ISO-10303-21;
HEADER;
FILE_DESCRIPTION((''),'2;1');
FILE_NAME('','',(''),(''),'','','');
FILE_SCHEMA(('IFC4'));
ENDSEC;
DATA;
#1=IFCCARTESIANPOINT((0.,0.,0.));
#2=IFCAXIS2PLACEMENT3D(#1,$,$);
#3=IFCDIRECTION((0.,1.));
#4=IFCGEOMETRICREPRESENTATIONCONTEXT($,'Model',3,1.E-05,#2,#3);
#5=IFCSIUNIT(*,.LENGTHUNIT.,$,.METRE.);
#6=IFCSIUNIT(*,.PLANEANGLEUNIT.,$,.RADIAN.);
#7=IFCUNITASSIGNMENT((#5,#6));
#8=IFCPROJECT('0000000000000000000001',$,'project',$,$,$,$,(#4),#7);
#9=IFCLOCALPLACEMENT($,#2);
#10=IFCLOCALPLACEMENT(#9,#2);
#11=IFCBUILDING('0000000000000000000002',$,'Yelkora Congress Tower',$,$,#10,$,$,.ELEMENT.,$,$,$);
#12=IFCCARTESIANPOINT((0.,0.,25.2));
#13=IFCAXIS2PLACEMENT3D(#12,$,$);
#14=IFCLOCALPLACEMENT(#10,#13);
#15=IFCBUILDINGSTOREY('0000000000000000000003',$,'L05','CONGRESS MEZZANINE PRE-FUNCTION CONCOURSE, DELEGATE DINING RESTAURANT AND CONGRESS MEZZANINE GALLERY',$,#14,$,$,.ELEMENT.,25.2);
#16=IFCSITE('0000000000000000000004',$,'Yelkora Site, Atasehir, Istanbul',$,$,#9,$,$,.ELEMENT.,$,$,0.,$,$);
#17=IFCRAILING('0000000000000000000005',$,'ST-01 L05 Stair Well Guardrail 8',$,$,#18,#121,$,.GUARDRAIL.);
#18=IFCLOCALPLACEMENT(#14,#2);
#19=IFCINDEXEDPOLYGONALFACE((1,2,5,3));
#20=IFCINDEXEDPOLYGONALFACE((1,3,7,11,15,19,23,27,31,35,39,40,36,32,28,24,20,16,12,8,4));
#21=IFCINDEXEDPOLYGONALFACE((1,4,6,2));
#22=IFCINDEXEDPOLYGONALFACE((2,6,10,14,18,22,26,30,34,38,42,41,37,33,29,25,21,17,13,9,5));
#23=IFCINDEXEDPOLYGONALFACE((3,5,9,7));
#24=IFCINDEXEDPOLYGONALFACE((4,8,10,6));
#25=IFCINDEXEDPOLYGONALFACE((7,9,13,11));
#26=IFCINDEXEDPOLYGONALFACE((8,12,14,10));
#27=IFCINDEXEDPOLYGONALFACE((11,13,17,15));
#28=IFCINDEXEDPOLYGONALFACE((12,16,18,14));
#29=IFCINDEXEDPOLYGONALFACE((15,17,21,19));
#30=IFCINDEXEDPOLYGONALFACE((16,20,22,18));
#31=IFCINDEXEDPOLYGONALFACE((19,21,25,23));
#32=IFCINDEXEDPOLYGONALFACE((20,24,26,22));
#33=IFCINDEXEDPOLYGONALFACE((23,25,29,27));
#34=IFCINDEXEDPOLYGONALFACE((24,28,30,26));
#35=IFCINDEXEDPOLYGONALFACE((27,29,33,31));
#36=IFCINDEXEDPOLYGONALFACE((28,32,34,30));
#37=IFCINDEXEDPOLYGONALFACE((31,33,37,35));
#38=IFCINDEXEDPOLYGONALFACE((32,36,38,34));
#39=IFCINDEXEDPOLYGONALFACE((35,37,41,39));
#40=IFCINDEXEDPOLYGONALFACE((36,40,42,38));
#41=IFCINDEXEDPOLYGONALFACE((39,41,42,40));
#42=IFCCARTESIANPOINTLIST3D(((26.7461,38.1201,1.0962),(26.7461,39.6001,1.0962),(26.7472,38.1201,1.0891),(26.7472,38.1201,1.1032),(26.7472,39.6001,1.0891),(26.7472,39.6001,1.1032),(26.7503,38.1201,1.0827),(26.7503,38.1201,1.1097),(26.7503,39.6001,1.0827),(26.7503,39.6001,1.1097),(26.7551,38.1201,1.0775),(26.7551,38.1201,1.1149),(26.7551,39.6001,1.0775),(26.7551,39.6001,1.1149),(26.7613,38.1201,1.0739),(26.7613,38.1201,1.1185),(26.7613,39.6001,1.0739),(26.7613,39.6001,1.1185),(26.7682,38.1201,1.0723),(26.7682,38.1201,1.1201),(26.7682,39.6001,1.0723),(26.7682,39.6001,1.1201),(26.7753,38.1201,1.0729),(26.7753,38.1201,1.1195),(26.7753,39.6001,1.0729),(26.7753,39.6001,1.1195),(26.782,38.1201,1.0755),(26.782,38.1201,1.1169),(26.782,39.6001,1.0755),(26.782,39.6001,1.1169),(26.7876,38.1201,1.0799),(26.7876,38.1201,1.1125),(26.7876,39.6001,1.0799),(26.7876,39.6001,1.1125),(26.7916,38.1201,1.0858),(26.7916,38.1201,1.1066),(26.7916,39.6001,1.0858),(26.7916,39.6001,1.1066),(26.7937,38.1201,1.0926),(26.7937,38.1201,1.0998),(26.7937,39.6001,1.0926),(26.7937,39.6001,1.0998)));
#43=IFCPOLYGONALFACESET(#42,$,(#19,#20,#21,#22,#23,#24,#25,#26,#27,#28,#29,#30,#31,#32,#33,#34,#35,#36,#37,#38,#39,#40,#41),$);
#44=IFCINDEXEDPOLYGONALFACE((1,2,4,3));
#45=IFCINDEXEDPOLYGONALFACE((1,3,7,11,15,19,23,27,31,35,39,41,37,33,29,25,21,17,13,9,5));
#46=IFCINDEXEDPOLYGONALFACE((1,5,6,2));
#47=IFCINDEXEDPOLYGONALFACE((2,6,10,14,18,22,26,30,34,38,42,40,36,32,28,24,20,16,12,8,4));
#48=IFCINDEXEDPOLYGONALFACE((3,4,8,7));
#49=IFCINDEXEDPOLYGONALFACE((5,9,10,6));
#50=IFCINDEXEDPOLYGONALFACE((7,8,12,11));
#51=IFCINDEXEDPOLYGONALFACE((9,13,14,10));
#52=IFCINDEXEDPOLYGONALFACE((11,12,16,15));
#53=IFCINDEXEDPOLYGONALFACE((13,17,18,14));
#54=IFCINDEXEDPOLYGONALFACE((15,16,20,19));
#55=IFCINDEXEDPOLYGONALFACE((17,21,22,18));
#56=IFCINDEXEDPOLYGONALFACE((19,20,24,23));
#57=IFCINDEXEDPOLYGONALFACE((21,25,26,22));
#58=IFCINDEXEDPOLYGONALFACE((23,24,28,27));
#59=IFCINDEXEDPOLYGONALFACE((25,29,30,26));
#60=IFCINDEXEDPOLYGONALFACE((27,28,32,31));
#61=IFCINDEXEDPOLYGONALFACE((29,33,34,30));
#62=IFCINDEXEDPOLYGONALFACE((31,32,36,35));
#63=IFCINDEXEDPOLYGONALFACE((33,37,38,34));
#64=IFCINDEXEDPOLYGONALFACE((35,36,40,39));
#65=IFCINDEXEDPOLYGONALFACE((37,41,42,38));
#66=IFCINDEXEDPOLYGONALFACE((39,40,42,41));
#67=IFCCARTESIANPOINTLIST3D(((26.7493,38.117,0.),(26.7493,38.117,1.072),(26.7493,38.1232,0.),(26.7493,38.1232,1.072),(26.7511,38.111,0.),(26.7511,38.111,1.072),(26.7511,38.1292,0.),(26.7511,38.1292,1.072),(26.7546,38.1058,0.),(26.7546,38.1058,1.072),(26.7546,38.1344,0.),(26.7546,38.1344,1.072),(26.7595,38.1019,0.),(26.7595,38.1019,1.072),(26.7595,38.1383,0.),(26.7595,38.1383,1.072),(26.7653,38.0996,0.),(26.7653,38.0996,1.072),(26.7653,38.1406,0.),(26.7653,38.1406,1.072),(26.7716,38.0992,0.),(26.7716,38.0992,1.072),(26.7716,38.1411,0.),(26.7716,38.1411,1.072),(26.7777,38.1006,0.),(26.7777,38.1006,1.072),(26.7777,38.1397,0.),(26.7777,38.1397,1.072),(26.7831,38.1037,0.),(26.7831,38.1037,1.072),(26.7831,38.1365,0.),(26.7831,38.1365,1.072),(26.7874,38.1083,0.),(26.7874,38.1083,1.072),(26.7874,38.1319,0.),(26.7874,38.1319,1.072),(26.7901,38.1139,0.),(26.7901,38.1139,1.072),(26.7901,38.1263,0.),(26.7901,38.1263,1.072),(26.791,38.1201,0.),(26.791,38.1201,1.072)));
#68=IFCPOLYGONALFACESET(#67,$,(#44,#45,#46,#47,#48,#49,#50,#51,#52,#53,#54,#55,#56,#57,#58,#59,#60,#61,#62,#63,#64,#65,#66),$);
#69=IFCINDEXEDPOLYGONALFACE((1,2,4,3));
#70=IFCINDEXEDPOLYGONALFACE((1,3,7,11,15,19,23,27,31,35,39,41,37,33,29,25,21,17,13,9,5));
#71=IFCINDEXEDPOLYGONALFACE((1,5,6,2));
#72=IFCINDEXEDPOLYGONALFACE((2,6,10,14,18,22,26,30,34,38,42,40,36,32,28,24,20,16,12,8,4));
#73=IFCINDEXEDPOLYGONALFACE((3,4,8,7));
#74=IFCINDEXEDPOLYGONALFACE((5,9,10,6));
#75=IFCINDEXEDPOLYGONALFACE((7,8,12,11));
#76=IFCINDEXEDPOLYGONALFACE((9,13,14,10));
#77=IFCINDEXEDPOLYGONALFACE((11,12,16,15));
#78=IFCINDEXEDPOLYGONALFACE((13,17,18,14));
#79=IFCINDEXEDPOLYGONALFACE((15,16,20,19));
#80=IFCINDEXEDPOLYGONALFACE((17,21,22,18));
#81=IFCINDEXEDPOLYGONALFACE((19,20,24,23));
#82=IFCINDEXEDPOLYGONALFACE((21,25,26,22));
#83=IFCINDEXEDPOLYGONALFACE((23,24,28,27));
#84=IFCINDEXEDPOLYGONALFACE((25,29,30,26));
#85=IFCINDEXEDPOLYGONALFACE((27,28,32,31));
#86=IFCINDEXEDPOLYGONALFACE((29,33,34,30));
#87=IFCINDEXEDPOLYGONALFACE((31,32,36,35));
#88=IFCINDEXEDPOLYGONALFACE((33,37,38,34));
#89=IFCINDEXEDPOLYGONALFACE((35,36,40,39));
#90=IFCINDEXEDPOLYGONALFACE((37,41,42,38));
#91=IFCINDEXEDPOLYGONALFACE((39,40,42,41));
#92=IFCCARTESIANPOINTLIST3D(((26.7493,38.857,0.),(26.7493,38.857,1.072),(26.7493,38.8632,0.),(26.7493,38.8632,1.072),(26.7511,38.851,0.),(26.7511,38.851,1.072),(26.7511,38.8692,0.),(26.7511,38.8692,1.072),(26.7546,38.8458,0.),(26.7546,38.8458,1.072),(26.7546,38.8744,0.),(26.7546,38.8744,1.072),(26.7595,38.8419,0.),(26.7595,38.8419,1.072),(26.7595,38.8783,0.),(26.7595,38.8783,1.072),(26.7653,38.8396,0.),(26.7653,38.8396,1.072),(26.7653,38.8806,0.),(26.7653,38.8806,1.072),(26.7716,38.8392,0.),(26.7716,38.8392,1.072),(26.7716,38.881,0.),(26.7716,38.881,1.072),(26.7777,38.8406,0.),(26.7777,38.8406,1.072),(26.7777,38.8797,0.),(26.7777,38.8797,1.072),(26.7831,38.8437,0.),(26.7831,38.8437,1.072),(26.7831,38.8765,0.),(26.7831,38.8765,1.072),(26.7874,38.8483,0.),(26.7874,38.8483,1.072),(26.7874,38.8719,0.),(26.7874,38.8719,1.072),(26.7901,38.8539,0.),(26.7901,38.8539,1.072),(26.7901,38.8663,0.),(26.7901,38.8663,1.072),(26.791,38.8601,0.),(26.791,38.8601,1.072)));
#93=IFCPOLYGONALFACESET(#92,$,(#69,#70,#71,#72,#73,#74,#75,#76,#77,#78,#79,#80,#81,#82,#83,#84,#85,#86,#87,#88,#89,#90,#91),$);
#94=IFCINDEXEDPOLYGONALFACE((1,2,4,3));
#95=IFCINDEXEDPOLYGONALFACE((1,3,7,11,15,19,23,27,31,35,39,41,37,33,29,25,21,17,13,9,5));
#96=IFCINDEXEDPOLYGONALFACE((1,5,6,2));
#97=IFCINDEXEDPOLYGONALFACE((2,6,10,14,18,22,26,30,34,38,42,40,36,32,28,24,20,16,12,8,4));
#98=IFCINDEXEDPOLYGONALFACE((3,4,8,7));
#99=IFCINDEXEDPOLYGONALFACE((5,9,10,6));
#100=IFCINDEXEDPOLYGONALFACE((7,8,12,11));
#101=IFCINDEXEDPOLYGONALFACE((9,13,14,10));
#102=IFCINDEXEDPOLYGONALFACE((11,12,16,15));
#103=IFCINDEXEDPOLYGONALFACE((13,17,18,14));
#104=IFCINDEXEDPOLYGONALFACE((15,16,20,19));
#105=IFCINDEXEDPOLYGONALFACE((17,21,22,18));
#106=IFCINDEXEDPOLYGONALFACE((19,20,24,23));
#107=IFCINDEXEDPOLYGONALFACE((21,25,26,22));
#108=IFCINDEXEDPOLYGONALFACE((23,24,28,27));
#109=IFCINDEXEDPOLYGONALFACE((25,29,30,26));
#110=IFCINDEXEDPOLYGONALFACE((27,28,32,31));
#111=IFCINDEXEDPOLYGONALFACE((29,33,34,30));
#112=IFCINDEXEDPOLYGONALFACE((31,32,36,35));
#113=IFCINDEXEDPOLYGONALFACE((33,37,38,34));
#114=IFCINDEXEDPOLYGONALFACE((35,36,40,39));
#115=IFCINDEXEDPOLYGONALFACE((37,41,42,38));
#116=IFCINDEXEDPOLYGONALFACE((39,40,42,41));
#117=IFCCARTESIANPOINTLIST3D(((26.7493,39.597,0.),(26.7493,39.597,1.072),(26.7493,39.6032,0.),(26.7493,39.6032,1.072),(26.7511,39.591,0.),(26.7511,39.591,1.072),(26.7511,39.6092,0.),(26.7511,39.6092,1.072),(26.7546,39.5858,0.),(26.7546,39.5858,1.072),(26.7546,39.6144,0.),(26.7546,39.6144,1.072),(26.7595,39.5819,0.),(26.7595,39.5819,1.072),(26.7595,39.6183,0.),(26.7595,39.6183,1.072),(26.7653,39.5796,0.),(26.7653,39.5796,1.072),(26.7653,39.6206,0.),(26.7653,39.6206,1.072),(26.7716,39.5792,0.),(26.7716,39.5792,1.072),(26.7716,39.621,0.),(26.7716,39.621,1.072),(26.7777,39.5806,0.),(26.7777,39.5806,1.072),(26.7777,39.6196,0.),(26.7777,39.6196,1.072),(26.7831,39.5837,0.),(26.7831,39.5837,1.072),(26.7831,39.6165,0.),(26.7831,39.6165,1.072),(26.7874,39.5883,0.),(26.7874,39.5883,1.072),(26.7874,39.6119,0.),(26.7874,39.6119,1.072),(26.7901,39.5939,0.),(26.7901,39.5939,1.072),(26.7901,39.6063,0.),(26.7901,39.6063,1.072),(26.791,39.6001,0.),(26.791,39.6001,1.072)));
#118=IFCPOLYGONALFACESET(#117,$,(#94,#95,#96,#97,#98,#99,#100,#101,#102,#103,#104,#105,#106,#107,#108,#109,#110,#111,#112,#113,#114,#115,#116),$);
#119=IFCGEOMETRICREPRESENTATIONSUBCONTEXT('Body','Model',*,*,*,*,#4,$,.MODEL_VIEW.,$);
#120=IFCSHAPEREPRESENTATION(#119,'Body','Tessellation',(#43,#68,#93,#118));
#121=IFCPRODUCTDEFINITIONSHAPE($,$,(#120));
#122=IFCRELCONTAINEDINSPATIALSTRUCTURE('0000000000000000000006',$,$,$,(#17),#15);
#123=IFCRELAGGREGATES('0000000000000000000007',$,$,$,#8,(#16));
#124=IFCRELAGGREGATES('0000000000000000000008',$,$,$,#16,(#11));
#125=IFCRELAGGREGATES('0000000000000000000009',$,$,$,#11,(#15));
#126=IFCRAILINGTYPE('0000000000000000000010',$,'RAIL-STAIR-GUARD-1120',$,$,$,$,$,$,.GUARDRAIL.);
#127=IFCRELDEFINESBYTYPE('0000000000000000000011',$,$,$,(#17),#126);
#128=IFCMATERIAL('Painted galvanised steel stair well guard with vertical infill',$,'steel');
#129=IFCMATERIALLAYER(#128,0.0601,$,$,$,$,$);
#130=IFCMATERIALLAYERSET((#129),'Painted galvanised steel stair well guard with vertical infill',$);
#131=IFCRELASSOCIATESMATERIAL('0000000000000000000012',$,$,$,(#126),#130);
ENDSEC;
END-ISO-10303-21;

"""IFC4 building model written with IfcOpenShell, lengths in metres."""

from ifc_helpers import new_model, si_unit, direction, frame, origin, origin_2d, place, context, subcontext, project, spatial, circle, extrude, material, layer, layer_set, type_object, element, save


model = new_model("IFC4")

# Units and contexts
model_context = context("Model", 3, precision=1e-05, world=origin(), true_north=direction((0.0, 1.0)))
body_context = subcontext(model_context, "Body", "Model", "MODEL_VIEW")
ifc_project = project(units=[si_unit("LENGTHUNIT", "METRE"), si_unit("PLANEANGLEUNIT", "RADIAN")], contexts=[model_context])

# Site, building, storey
site_placement = place(None, origin())
site = spatial("IfcSite", under=ifc_project, at=site_placement, Name="Yelkora Site, Atasehir, Istanbul", CompositionType="ELEMENT", RefElevation=0.0)
building_placement = place(site_placement, origin())
building = spatial("IfcBuilding", under=site, at=building_placement, Name="Yelkora Congress Tower", CompositionType="ELEMENT")
storey_placement = place(building_placement, frame((0.0, 0.0, 25.2)))
storey = spatial("IfcBuildingStorey", under=building, at=storey_placement, Name="L05", Description="CONGRESS MEZZANINE PRE-FUNCTION CONCOURSE, DELEGATE DINING RESTAURANT AND CONGRESS MEZZANINE GALLERY", CompositionType="ELEMENT", Elevation=25.2)

# Railing
ifc_material_1 = material(Name="Painted galvanised steel stair well guard with vertical infill", Category="steel")
ifc_layer_1 = layer(ifc_material_1, 0.0601)
ifc_layer_set_1 = layer_set([ifc_layer_1], Name="Painted galvanised steel stair well guard with vertical infill")
railing_type = type_object("IfcRailingType", Name="RAIL-STAIR-GUARD-1120", PredefinedType="GUARDRAIL", material=ifc_layer_set_1)
for number, where, name in (
    (1, (26.77, 38.1201, 0.0), "ST-01 L05 Stair Well Guardrail 8"),
):
    element("IfcRailing", number, at=place(storey_placement, frame(where)), inside=storey, type_object=railing_type, Name=name, PredefinedType="GUARDRAIL", context=body_context, shape_type="SweptSolid", body=[
        extrude(circle(Radius=0.0239, at=origin_2d()), frame((0.0, 0.0, 1.0962), z_axis=(0.0, 1.0, 0.0), x_axis=(-1.0, 0.0, 0.0)), (0.0, 0.0, 1.0), 1.48),
        extrude(circle(Radius=0.021, at=origin_2d()), origin(), (0.0, 0.0, 1.0), 1.072),
        extrude(circle(Radius=0.021, at=origin_2d()), frame((0.0, 0.74, 0.0)), (0.0, 0.0, 1.0), 1.072),
        extrude(circle(Radius=0.021, at=origin_2d()), frame((0.0, 1.48, 0.0)), (0.0, 0.0, 1.0), 1.072),
    ])

save(model, "model.ifc")
